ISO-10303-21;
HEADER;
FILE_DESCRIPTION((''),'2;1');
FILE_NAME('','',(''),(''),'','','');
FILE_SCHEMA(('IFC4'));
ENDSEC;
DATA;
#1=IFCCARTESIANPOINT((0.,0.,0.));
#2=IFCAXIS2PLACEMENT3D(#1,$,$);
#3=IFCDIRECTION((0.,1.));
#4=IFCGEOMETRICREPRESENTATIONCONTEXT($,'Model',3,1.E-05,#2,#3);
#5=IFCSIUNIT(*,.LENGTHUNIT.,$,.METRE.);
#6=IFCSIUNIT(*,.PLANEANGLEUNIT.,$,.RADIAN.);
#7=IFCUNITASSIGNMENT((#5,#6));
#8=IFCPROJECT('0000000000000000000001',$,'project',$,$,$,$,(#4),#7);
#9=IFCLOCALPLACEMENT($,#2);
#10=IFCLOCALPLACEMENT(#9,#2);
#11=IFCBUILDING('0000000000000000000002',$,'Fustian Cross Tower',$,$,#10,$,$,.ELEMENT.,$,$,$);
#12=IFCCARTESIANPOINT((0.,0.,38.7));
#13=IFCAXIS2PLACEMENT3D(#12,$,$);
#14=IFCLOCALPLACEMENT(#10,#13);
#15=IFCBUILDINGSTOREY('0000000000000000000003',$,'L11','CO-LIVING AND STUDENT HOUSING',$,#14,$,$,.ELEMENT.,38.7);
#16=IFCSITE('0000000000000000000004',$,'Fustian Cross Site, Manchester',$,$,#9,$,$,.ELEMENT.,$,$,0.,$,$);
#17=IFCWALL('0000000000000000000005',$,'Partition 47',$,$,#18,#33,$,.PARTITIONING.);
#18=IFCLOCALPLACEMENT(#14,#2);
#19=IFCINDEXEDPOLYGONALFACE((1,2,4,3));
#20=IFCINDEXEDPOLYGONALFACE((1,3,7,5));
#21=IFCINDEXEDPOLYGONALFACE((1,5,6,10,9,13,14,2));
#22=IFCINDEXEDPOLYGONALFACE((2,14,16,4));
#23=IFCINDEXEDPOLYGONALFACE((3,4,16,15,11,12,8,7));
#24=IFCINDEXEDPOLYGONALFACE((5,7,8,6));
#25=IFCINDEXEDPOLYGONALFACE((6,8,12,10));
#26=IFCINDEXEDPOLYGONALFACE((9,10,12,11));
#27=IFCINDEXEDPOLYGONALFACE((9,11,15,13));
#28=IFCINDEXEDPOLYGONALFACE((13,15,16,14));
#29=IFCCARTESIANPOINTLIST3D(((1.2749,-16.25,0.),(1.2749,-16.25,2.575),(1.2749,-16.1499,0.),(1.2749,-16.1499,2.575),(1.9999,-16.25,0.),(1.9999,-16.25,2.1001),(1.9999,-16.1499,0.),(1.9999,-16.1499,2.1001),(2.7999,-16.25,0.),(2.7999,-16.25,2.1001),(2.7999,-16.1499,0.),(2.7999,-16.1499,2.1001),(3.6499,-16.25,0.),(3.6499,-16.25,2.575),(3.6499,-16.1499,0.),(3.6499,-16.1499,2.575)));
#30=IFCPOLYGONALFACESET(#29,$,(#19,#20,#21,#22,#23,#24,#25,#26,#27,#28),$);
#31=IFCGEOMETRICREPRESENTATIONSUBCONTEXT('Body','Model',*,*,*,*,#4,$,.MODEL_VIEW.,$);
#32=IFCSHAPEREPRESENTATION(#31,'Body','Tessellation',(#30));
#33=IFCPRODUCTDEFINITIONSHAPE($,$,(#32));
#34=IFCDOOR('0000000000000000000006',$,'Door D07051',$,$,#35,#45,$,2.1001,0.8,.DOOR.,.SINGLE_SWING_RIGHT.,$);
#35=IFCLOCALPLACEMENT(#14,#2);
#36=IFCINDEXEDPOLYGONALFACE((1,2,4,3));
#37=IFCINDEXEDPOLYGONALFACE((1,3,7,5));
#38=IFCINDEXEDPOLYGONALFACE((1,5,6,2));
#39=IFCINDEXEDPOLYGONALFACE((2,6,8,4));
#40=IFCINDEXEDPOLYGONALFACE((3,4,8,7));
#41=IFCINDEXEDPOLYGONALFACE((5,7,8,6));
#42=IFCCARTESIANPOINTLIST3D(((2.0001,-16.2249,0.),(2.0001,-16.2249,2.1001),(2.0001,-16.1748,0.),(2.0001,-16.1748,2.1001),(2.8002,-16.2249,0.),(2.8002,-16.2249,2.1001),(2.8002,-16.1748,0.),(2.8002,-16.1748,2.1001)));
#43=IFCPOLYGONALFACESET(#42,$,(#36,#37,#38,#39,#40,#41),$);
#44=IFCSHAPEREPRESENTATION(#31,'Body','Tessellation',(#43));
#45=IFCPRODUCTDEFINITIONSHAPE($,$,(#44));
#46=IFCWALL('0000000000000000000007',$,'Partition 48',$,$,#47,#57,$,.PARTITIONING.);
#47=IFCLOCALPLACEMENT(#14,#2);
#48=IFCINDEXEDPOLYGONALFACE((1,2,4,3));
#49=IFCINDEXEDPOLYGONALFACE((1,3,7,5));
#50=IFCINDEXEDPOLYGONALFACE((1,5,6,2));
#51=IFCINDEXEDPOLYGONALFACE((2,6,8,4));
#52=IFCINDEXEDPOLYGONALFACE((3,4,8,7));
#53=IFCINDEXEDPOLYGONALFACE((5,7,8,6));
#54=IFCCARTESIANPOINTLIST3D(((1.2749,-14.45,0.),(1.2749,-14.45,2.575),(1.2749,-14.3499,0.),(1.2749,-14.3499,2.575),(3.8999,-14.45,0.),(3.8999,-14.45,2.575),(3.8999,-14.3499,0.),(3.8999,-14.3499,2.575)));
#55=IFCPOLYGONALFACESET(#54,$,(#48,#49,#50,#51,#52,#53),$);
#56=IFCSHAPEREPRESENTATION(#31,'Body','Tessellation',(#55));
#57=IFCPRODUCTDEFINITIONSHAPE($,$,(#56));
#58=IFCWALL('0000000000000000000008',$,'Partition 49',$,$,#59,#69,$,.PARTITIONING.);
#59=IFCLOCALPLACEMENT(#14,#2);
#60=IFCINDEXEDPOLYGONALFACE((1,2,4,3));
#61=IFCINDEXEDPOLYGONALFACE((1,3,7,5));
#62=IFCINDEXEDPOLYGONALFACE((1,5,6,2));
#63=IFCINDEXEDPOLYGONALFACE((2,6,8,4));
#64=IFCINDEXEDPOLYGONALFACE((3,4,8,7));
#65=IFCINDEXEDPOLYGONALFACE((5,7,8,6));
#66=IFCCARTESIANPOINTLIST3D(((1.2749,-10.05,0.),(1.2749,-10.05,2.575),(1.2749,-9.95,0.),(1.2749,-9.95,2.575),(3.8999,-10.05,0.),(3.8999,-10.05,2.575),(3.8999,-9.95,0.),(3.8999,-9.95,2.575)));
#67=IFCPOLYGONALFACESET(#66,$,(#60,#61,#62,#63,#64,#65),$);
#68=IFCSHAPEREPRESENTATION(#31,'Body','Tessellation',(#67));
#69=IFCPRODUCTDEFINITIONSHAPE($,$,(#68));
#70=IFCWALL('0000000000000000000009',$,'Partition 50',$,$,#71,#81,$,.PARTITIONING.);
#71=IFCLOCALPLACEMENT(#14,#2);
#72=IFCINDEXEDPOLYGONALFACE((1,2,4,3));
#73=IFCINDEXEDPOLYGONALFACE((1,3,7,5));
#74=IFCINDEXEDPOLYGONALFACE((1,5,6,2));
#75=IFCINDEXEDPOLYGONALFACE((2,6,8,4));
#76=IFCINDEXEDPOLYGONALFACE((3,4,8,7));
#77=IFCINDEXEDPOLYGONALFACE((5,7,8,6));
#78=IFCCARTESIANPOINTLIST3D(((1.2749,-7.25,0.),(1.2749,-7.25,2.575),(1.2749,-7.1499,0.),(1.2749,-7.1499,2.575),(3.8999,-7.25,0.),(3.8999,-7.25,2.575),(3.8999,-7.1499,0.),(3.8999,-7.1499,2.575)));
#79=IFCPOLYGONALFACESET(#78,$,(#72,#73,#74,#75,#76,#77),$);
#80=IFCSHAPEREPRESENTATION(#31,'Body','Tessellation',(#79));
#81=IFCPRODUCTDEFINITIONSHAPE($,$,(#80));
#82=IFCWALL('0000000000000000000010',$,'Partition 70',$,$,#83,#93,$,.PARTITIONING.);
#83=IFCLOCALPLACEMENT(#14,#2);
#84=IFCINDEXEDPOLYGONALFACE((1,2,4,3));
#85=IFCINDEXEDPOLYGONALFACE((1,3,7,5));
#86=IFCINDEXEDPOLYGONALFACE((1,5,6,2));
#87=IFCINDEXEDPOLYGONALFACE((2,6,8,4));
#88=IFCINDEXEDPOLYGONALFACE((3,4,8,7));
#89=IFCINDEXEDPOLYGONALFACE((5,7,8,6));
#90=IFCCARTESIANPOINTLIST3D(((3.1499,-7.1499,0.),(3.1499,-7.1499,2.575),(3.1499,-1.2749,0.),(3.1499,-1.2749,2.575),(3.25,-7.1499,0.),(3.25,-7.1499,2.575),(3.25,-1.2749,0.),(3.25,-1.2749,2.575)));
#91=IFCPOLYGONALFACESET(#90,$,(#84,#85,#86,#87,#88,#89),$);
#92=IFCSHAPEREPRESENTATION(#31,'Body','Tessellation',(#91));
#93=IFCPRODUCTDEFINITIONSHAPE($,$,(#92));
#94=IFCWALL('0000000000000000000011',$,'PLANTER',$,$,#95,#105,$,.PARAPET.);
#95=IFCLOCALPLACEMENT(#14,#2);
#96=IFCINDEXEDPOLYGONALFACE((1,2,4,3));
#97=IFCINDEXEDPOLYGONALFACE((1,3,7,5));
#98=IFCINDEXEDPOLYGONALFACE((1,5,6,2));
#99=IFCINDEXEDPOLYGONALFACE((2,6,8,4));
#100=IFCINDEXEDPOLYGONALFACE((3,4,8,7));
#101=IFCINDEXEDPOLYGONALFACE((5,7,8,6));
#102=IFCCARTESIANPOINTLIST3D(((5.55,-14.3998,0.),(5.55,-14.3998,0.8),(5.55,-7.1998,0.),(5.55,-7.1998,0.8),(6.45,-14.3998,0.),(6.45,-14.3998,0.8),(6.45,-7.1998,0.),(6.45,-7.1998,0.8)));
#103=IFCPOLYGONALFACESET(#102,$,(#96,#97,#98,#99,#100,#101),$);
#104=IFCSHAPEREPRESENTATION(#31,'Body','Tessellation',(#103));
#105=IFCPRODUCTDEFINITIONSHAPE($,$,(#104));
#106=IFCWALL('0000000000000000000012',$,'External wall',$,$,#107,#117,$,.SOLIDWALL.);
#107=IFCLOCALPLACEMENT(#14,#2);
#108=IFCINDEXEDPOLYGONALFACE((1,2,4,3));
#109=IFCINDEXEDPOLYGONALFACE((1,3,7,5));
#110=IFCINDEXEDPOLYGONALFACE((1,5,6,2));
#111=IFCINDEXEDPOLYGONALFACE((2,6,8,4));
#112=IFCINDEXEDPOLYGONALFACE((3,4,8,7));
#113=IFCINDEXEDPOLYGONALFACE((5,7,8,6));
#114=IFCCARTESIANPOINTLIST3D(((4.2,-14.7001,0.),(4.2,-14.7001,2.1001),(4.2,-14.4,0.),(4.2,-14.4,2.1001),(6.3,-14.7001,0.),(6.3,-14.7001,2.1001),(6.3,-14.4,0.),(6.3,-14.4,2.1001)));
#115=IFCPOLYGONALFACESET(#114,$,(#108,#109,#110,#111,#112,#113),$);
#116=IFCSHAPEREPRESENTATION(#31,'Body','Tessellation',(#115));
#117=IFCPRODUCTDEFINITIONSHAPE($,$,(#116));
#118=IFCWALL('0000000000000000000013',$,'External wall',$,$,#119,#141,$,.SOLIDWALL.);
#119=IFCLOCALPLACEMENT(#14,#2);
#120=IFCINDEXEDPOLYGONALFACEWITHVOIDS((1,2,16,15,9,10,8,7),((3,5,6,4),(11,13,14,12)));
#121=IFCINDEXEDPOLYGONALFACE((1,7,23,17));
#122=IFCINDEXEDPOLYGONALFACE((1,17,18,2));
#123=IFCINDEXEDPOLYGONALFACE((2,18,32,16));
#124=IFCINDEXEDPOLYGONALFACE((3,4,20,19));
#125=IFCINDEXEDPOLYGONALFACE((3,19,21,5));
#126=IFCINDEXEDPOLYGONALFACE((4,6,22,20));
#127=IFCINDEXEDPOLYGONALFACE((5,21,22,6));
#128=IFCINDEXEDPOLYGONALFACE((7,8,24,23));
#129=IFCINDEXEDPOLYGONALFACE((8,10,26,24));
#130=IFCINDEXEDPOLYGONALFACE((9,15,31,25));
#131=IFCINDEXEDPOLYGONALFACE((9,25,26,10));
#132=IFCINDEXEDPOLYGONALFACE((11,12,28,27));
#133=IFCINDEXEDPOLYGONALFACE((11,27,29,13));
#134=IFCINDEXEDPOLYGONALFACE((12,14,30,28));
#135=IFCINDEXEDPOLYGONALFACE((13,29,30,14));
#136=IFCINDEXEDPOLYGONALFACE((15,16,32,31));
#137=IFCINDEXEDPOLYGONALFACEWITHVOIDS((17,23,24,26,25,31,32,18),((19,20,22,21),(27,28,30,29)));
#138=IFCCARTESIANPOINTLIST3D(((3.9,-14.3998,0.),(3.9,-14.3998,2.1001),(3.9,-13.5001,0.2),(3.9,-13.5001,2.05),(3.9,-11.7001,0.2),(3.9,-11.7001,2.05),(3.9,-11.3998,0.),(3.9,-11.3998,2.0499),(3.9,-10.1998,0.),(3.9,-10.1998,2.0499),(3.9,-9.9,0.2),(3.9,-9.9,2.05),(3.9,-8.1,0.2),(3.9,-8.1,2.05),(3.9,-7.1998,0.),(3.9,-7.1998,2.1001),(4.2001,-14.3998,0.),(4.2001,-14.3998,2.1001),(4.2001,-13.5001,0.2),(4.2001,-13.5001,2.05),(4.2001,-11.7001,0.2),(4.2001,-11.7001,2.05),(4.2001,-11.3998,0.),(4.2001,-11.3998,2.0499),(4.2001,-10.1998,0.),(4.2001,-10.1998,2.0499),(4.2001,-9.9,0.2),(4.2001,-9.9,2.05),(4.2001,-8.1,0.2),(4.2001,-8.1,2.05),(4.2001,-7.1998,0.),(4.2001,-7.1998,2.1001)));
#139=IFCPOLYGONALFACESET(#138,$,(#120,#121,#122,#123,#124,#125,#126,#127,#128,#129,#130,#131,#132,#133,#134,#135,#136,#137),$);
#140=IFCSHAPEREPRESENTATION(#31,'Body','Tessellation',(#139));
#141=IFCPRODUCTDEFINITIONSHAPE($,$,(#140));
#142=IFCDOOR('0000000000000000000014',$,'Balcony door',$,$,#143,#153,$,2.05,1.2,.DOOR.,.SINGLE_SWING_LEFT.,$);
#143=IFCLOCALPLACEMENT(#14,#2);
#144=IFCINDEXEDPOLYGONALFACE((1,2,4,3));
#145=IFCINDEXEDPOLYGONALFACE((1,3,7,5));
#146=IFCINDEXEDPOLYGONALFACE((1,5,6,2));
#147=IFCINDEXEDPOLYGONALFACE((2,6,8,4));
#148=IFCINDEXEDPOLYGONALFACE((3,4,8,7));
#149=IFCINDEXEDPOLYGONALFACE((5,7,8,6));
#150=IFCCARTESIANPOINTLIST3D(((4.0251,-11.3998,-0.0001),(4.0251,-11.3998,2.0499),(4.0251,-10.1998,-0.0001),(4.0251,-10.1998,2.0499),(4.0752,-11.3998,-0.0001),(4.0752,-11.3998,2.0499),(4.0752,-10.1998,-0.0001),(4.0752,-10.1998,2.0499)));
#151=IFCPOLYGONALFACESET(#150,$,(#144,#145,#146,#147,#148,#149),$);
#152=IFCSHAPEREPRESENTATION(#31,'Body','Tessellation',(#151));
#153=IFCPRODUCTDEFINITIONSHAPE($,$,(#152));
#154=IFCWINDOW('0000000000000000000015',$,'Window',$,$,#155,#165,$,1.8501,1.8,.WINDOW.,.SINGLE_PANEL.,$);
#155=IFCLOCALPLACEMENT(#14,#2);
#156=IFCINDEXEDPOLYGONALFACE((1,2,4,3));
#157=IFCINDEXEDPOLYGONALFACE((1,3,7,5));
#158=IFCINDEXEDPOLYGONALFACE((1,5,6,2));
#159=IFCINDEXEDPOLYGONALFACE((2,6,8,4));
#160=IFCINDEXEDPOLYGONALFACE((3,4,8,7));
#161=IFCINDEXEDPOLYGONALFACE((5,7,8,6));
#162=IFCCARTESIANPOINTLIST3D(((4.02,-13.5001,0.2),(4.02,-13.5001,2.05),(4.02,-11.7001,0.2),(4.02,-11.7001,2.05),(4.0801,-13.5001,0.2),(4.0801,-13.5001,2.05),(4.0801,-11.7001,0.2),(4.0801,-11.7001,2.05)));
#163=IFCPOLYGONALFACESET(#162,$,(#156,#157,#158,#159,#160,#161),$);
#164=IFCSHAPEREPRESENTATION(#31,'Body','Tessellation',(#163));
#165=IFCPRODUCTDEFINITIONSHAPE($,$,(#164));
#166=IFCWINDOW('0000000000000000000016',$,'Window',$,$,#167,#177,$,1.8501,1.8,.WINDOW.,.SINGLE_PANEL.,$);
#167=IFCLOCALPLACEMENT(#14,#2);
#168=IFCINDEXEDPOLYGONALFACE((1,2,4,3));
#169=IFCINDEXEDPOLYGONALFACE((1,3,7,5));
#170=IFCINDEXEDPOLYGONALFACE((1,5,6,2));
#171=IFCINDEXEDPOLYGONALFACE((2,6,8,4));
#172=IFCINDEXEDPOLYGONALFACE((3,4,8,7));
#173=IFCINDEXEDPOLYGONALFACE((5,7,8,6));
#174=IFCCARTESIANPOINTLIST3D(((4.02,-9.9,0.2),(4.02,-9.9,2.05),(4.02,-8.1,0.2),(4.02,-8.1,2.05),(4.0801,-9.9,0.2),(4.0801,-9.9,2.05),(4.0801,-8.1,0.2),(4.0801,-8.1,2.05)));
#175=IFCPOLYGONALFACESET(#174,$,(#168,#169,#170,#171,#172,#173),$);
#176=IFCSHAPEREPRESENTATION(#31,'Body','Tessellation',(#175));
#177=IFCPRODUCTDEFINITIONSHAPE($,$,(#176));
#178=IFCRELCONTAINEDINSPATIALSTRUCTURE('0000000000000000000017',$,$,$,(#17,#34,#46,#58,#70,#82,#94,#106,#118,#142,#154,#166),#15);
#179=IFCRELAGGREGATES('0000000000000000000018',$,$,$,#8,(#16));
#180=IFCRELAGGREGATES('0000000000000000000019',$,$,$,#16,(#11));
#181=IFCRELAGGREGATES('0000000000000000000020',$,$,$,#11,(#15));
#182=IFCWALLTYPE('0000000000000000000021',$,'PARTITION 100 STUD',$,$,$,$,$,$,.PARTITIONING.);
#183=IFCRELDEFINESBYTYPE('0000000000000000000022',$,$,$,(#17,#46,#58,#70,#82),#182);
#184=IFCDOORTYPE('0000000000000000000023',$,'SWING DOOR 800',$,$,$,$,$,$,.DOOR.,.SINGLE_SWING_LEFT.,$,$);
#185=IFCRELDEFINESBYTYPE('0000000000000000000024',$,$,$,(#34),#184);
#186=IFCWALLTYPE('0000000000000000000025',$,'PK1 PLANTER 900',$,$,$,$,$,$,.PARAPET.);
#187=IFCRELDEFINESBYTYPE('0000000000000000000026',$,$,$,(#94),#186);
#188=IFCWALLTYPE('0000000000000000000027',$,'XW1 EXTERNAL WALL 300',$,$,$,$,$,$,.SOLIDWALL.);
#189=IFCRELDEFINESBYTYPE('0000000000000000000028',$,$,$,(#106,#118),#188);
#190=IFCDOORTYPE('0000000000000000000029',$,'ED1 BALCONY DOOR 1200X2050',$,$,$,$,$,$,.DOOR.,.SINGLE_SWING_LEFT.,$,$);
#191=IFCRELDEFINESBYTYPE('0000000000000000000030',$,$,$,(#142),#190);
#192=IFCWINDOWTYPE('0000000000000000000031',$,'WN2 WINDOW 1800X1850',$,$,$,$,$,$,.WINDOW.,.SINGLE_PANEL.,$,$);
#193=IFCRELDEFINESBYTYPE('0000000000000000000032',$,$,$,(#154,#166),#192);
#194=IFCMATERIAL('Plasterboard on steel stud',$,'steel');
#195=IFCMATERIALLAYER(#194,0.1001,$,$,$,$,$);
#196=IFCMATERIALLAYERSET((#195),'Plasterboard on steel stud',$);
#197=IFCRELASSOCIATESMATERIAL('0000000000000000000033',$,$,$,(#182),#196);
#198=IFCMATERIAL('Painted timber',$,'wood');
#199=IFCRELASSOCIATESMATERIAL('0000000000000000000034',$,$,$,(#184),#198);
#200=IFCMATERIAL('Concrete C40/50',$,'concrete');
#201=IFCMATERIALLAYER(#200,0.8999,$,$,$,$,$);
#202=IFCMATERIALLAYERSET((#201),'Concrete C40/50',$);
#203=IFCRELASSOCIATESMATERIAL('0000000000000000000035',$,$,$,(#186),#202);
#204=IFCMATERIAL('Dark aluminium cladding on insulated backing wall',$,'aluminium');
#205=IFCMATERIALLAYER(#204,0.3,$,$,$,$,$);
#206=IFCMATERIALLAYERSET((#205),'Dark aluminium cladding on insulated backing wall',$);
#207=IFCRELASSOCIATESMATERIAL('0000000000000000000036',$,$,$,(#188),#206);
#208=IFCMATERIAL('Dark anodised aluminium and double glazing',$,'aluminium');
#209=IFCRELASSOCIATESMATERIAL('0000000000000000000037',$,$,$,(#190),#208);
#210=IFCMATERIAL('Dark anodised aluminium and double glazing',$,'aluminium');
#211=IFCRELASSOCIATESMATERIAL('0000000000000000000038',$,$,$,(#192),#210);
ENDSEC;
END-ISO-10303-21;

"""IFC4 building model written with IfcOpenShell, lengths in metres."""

from ifc_helpers import new_model, si_unit, direction, frame, frame_2d, origin, place, context, subcontext, project, spatial, rectangle, extrude, material, layer, layer_set, type_object, element, fill, save


model = new_model("IFC4")

# Units and contexts
model_context = context("Model", 3, precision=1e-05, world=origin(), true_north=direction((0.0, 1.0)))
body_context = subcontext(model_context, "Body", "Model", "MODEL_VIEW")
ifc_project = project(units=[si_unit("LENGTHUNIT", "METRE"), si_unit("PLANEANGLEUNIT", "RADIAN")], contexts=[model_context])

# Site, building, storey
site_placement = place(None, origin())
site = spatial("IfcSite", under=ifc_project, at=site_placement, Name="Fustian Cross Site, Manchester", CompositionType="ELEMENT", RefElevation=0.0)
building_placement = place(site_placement, origin())
building = spatial("IfcBuilding", under=site, at=building_placement, Name="Fustian Cross Tower", CompositionType="ELEMENT")
storey_placement = place(building_placement, frame((0.0, 0.0, 38.7)))
storey = spatial("IfcBuildingStorey", under=building, at=storey_placement, Name="L11", Description="CO-LIVING AND STUDENT HOUSING", CompositionType="ELEMENT", Elevation=38.7)

# Wall, opening, door
ifc_material_1 = material(Name="Plasterboard on steel stud", Category="steel")
ifc_layer_1 = layer(ifc_material_1, 0.1001)
ifc_layer_set_1 = layer_set([ifc_layer_1], Name="Plasterboard on steel stud")
wall_type_1 = type_object("IfcWallType", Name="PARTITION 100 STUD", PredefinedType="PARTITIONING", material=ifc_layer_set_1)
wall_1_placement = place(storey_placement, frame((1.2749, -16.2, 0.0), z_axis=(0.0, 0.0, 1.0), x_axis=(1.0, 0.0, 0.0)))
wall_1 = element("IfcWall", 1, at=wall_1_placement, inside=storey, type_object=wall_type_1, Name="Partition 47", PredefinedType="PARTITIONING", context=body_context, shape_type="SweptSolid", body=[
    extrude(rectangle(XDim=2.375, YDim=0.1001, at=frame_2d((1.1875, 0.0))), origin(), (0.0, 0.0, 1.0), 2.575),
])
opening_1_placement = place(wall_1_placement, frame((0.7251, 0.0, 0.0)))
opening_1 = element("IfcOpeningElement", 2, at=opening_1_placement, cuts=wall_1, PredefinedType="OPENING", context=body_context, shape_type="SweptSolid", body=[
    extrude(rectangle(XDim=0.8, YDim=2.1001, at=frame_2d((0.3999, 1.05))), frame((0.0, 0.0601, 0.0), z_axis=(0.0, -1.0, 0.0), x_axis=(1.0, 0.0, 0.0)), (0.0, 0.0, 1.0), 0.1201),
])
ifc_material_2 = material(Name="Painted timber", Category="wood")
door_type_1 = type_object("IfcDoorType", Name="SWING DOOR 800", OperationType="SINGLE_SWING_LEFT", PredefinedType="DOOR", material=ifc_material_2)
door_1_placement = place(opening_1_placement, frame((0.8, 0.0, 0.0), z_axis=(0.0, 0.0, 1.0), x_axis=(-1.0, 0.0, 0.0)))
door_1 = element("IfcDoor", 3, at=door_1_placement, inside=storey, type_object=door_type_1, Name="Door D07051", OperationType="SINGLE_SWING_RIGHT", OverallHeight=2.1001, OverallWidth=0.8, PredefinedType="DOOR", context=body_context, shape_type="SweptSolid", body=[
    extrude(rectangle(XDim=0.8, YDim=2.1001, at=frame_2d((0.3999, 1.05))), frame((0.0, 0.0249, 0.0), z_axis=(0.0, -1.0, 0.0), x_axis=(1.0, 0.0, 0.0)), (0.0, 0.0, 1.0), 0.05),
])
fill(opening_1, door_1)

# Walls
for number, where, z_axis, x_axis, name in (
    (4, (1.2749, -14.3999, 0.0), (0.0, 0.0, 1.0), (1.0, 0.0, 0.0), "Partition 48"),
    (5, (1.2749, -10.0, 0.0), (0.0, 0.0, 1.0), (1.0, 0.0, 0.0), "Partition 49"),
    (6, (1.2749, -7.2, 0.0), (0.0, 0.0, 1.0), (1.0, 0.0, 0.0), "Partition 50"),
):
    element("IfcWall", number, at=place(storey_placement, frame(where, z_axis=z_axis, x_axis=x_axis)), inside=storey, type_object=wall_type_1, Name=name, PredefinedType="PARTITIONING", context=body_context, shape_type="SweptSolid", body=[
        extrude(rectangle(XDim=2.625, YDim=0.1001, at=frame_2d((1.3125, 0.0))), origin(), (0.0, 0.0, 1.0), 2.575),
    ])
wall_2_placement = place(storey_placement, frame((3.2, -7.1499, 0.0), z_axis=(0.0, 0.0, 1.0), x_axis=(0.0, 1.0, 0.0)))
element("IfcWall", 7, at=wall_2_placement, inside=storey, type_object=wall_type_1, Name="Partition 70", PredefinedType="PARTITIONING", context=body_context, shape_type="SweptSolid", body=[
    extrude(rectangle(XDim=5.875, YDim=0.1001, at=frame_2d((2.9375, 0.0))), origin(), (0.0, 0.0, 1.0), 2.575),
])
ifc_material_3 = material(Name="Concrete C40/50", Category="concrete")
ifc_layer_2 = layer(ifc_material_3, 0.8999)
ifc_layer_set_2 = layer_set([ifc_layer_2], Name="Concrete C40/50")
wall_type_2 = type_object("IfcWallType", Name="PK1 PLANTER 900", PredefinedType="PARAPET", material=ifc_layer_set_2)
wall_3_placement = place(storey_placement, frame((6.0, -14.3999, 0.0), z_axis=(0.0, 0.0, 1.0), x_axis=(0.0, 1.0, 0.0)))
element("IfcWall", 8, at=wall_3_placement, inside=storey, type_object=wall_type_2, Name="PLANTER", PredefinedType="PARAPET", context=body_context, shape_type="SweptSolid", body=[
    extrude(rectangle(XDim=7.2, YDim=0.8999, at=frame_2d((3.6001, 0.0))), origin(), (0.0, 0.0, 1.0), 0.8),
])
ifc_material_4 = material(Name="Dark aluminium cladding on insulated backing wall", Category="aluminium")
ifc_layer_3 = layer(ifc_material_4, 0.3)
ifc_layer_set_3 = layer_set([ifc_layer_3], Name="Dark aluminium cladding on insulated backing wall")
wall_type_3 = type_object("IfcWallType", Name="XW1 EXTERNAL WALL 300", PredefinedType="SOLIDWALL", material=ifc_layer_set_3)
wall_4_placement = place(storey_placement, frame((6.3, -14.55, 0.0), z_axis=(0.0, 0.0, 1.0), x_axis=(-1.0, 0.0, 0.0)))
element("IfcWall", 9, at=wall_4_placement, inside=storey, type_object=wall_type_3, Name="External wall", PredefinedType="SOLIDWALL", context=body_context, shape_type="SweptSolid", body=[
    extrude(rectangle(XDim=2.1001, YDim=0.3, at=frame_2d((1.05, 0.0))), origin(), (0.0, 0.0, 1.0), 2.1001),
])

# Wall, openings, door, windows
wall_5_placement = place(storey_placement, frame((4.05, -14.3999, 0.0), z_axis=(0.0, 0.0, 1.0), x_axis=(0.0, 1.0, 0.0)))
wall_5 = element("IfcWall", 10, at=wall_5_placement, inside=storey, type_object=wall_type_3, Name="External wall", PredefinedType="SOLIDWALL", context=body_context, shape_type="SweptSolid", body=[
    extrude(rectangle(XDim=7.2, YDim=0.3, at=frame_2d((3.6001, 0.0))), origin(), (0.0, 0.0, 1.0), 2.1001),
])
opening_2_placement = place(wall_5_placement, frame((3.0, 0.0, 0.0)))
opening_2 = element("IfcOpeningElement", 11, at=opening_2_placement, cuts=wall_5, PredefinedType="OPENING", context=body_context, shape_type="SweptSolid", body=[
    extrude(rectangle(XDim=1.2, YDim=2.05, at=frame_2d((0.6001, 1.0249))), frame((0.0, 0.1599, 0.0), z_axis=(0.0, -1.0, 0.0), x_axis=(1.0, 0.0, 0.0)), (0.0, 0.0, 1.0), 0.3201),
])
opening_3_placement = place(wall_5_placement, frame((0.8999, 0.0, 0.2)))
opening_3 = element("IfcOpeningElement", 12, at=opening_3_placement, cuts=wall_5, PredefinedType="OPENING", context=body_context, shape_type="SweptSolid", body=[
    extrude(rectangle(XDim=1.8, YDim=1.8501, at=frame_2d((0.8999, 0.925))), frame((0.0, 0.1599, 0.0), z_axis=(0.0, -1.0, 0.0), x_axis=(1.0, 0.0, 0.0)), (0.0, 0.0, 1.0), 0.3201),
])
opening_4_placement = place(wall_5_placement, frame((4.5, 0.0, 0.2)))
opening_4 = element("IfcOpeningElement", 13, at=opening_4_placement, cuts=wall_5, PredefinedType="OPENING", context=body_context, shape_type="SweptSolid", body=[
    extrude(rectangle(XDim=1.8, YDim=1.8501, at=frame_2d((0.8999, 0.925))), frame((0.0, 0.1599, 0.0), z_axis=(0.0, -1.0, 0.0), x_axis=(1.0, 0.0, 0.0)), (0.0, 0.0, 1.0), 0.3201),
])
ifc_material_5 = material(Name="Dark anodised aluminium and double glazing", Category="aluminium")
door_type_2 = type_object("IfcDoorType", Name="ED1 BALCONY DOOR 1200X2050", OperationType="SINGLE_SWING_LEFT", PredefinedType="DOOR", material=ifc_material_5)
door_2_placement = place(opening_2_placement, origin())
door_2 = element("IfcDoor", 14, at=door_2_placement, inside=storey, type_object=door_type_2, Name="Balcony door", OperationType="SINGLE_SWING_LEFT", OverallHeight=2.05, OverallWidth=1.2, PredefinedType="DOOR", context=body_context, shape_type="SweptSolid", body=[
    extrude(rectangle(XDim=1.2, YDim=2.05, at=frame_2d((0.6001, 1.0249))), frame((0.0, 0.0249, 0.0), z_axis=(0.0, -1.0, 0.0), x_axis=(1.0, 0.0, 0.0)), (0.0, 0.0, 1.0), 0.05),
])
fill(opening_2, door_2)
ifc_material_6 = material(Name="Dark anodised aluminium and double glazing", Category="aluminium")
window_type = type_object("IfcWindowType", Name="WN2 WINDOW 1800X1850", PartitioningType="SINGLE_PANEL", PredefinedType="WINDOW", material=ifc_material_6)
window_1_placement = place(opening_3_placement, origin())
window_1 = element("IfcWindow", 15, at=window_1_placement, inside=storey, type_object=window_type, Name="Window", OverallHeight=1.8501, OverallWidth=1.8, PartitioningType="SINGLE_PANEL", PredefinedType="WINDOW", context=body_context, shape_type="SweptSolid", body=[
    extrude(rectangle(XDim=1.8, YDim=1.8501, at=frame_2d((0.8999, 0.925))), frame((0.0, 0.03, 0.0), z_axis=(0.0, -1.0, 0.0), x_axis=(1.0, 0.0, 0.0)), (0.0, 0.0, 1.0), 0.0601),
])
fill(opening_3, window_1)
window_2_placement = place(opening_4_placement, origin())
window_2 = element("IfcWindow", 16, at=window_2_placement, inside=storey, type_object=window_type, Name="Window", OverallHeight=1.8501, OverallWidth=1.8, PartitioningType="SINGLE_PANEL", PredefinedType="WINDOW", context=body_context, shape_type="SweptSolid", body=[
    extrude(rectangle(XDim=1.8, YDim=1.8501, at=frame_2d((0.8999, 0.925))), frame((0.0, 0.03, 0.0), z_axis=(0.0, -1.0, 0.0), x_axis=(1.0, 0.0, 0.0)), (0.0, 0.0, 1.0), 0.0601),
])
fill(opening_4, window_2)

save(model, "model.ifc")
